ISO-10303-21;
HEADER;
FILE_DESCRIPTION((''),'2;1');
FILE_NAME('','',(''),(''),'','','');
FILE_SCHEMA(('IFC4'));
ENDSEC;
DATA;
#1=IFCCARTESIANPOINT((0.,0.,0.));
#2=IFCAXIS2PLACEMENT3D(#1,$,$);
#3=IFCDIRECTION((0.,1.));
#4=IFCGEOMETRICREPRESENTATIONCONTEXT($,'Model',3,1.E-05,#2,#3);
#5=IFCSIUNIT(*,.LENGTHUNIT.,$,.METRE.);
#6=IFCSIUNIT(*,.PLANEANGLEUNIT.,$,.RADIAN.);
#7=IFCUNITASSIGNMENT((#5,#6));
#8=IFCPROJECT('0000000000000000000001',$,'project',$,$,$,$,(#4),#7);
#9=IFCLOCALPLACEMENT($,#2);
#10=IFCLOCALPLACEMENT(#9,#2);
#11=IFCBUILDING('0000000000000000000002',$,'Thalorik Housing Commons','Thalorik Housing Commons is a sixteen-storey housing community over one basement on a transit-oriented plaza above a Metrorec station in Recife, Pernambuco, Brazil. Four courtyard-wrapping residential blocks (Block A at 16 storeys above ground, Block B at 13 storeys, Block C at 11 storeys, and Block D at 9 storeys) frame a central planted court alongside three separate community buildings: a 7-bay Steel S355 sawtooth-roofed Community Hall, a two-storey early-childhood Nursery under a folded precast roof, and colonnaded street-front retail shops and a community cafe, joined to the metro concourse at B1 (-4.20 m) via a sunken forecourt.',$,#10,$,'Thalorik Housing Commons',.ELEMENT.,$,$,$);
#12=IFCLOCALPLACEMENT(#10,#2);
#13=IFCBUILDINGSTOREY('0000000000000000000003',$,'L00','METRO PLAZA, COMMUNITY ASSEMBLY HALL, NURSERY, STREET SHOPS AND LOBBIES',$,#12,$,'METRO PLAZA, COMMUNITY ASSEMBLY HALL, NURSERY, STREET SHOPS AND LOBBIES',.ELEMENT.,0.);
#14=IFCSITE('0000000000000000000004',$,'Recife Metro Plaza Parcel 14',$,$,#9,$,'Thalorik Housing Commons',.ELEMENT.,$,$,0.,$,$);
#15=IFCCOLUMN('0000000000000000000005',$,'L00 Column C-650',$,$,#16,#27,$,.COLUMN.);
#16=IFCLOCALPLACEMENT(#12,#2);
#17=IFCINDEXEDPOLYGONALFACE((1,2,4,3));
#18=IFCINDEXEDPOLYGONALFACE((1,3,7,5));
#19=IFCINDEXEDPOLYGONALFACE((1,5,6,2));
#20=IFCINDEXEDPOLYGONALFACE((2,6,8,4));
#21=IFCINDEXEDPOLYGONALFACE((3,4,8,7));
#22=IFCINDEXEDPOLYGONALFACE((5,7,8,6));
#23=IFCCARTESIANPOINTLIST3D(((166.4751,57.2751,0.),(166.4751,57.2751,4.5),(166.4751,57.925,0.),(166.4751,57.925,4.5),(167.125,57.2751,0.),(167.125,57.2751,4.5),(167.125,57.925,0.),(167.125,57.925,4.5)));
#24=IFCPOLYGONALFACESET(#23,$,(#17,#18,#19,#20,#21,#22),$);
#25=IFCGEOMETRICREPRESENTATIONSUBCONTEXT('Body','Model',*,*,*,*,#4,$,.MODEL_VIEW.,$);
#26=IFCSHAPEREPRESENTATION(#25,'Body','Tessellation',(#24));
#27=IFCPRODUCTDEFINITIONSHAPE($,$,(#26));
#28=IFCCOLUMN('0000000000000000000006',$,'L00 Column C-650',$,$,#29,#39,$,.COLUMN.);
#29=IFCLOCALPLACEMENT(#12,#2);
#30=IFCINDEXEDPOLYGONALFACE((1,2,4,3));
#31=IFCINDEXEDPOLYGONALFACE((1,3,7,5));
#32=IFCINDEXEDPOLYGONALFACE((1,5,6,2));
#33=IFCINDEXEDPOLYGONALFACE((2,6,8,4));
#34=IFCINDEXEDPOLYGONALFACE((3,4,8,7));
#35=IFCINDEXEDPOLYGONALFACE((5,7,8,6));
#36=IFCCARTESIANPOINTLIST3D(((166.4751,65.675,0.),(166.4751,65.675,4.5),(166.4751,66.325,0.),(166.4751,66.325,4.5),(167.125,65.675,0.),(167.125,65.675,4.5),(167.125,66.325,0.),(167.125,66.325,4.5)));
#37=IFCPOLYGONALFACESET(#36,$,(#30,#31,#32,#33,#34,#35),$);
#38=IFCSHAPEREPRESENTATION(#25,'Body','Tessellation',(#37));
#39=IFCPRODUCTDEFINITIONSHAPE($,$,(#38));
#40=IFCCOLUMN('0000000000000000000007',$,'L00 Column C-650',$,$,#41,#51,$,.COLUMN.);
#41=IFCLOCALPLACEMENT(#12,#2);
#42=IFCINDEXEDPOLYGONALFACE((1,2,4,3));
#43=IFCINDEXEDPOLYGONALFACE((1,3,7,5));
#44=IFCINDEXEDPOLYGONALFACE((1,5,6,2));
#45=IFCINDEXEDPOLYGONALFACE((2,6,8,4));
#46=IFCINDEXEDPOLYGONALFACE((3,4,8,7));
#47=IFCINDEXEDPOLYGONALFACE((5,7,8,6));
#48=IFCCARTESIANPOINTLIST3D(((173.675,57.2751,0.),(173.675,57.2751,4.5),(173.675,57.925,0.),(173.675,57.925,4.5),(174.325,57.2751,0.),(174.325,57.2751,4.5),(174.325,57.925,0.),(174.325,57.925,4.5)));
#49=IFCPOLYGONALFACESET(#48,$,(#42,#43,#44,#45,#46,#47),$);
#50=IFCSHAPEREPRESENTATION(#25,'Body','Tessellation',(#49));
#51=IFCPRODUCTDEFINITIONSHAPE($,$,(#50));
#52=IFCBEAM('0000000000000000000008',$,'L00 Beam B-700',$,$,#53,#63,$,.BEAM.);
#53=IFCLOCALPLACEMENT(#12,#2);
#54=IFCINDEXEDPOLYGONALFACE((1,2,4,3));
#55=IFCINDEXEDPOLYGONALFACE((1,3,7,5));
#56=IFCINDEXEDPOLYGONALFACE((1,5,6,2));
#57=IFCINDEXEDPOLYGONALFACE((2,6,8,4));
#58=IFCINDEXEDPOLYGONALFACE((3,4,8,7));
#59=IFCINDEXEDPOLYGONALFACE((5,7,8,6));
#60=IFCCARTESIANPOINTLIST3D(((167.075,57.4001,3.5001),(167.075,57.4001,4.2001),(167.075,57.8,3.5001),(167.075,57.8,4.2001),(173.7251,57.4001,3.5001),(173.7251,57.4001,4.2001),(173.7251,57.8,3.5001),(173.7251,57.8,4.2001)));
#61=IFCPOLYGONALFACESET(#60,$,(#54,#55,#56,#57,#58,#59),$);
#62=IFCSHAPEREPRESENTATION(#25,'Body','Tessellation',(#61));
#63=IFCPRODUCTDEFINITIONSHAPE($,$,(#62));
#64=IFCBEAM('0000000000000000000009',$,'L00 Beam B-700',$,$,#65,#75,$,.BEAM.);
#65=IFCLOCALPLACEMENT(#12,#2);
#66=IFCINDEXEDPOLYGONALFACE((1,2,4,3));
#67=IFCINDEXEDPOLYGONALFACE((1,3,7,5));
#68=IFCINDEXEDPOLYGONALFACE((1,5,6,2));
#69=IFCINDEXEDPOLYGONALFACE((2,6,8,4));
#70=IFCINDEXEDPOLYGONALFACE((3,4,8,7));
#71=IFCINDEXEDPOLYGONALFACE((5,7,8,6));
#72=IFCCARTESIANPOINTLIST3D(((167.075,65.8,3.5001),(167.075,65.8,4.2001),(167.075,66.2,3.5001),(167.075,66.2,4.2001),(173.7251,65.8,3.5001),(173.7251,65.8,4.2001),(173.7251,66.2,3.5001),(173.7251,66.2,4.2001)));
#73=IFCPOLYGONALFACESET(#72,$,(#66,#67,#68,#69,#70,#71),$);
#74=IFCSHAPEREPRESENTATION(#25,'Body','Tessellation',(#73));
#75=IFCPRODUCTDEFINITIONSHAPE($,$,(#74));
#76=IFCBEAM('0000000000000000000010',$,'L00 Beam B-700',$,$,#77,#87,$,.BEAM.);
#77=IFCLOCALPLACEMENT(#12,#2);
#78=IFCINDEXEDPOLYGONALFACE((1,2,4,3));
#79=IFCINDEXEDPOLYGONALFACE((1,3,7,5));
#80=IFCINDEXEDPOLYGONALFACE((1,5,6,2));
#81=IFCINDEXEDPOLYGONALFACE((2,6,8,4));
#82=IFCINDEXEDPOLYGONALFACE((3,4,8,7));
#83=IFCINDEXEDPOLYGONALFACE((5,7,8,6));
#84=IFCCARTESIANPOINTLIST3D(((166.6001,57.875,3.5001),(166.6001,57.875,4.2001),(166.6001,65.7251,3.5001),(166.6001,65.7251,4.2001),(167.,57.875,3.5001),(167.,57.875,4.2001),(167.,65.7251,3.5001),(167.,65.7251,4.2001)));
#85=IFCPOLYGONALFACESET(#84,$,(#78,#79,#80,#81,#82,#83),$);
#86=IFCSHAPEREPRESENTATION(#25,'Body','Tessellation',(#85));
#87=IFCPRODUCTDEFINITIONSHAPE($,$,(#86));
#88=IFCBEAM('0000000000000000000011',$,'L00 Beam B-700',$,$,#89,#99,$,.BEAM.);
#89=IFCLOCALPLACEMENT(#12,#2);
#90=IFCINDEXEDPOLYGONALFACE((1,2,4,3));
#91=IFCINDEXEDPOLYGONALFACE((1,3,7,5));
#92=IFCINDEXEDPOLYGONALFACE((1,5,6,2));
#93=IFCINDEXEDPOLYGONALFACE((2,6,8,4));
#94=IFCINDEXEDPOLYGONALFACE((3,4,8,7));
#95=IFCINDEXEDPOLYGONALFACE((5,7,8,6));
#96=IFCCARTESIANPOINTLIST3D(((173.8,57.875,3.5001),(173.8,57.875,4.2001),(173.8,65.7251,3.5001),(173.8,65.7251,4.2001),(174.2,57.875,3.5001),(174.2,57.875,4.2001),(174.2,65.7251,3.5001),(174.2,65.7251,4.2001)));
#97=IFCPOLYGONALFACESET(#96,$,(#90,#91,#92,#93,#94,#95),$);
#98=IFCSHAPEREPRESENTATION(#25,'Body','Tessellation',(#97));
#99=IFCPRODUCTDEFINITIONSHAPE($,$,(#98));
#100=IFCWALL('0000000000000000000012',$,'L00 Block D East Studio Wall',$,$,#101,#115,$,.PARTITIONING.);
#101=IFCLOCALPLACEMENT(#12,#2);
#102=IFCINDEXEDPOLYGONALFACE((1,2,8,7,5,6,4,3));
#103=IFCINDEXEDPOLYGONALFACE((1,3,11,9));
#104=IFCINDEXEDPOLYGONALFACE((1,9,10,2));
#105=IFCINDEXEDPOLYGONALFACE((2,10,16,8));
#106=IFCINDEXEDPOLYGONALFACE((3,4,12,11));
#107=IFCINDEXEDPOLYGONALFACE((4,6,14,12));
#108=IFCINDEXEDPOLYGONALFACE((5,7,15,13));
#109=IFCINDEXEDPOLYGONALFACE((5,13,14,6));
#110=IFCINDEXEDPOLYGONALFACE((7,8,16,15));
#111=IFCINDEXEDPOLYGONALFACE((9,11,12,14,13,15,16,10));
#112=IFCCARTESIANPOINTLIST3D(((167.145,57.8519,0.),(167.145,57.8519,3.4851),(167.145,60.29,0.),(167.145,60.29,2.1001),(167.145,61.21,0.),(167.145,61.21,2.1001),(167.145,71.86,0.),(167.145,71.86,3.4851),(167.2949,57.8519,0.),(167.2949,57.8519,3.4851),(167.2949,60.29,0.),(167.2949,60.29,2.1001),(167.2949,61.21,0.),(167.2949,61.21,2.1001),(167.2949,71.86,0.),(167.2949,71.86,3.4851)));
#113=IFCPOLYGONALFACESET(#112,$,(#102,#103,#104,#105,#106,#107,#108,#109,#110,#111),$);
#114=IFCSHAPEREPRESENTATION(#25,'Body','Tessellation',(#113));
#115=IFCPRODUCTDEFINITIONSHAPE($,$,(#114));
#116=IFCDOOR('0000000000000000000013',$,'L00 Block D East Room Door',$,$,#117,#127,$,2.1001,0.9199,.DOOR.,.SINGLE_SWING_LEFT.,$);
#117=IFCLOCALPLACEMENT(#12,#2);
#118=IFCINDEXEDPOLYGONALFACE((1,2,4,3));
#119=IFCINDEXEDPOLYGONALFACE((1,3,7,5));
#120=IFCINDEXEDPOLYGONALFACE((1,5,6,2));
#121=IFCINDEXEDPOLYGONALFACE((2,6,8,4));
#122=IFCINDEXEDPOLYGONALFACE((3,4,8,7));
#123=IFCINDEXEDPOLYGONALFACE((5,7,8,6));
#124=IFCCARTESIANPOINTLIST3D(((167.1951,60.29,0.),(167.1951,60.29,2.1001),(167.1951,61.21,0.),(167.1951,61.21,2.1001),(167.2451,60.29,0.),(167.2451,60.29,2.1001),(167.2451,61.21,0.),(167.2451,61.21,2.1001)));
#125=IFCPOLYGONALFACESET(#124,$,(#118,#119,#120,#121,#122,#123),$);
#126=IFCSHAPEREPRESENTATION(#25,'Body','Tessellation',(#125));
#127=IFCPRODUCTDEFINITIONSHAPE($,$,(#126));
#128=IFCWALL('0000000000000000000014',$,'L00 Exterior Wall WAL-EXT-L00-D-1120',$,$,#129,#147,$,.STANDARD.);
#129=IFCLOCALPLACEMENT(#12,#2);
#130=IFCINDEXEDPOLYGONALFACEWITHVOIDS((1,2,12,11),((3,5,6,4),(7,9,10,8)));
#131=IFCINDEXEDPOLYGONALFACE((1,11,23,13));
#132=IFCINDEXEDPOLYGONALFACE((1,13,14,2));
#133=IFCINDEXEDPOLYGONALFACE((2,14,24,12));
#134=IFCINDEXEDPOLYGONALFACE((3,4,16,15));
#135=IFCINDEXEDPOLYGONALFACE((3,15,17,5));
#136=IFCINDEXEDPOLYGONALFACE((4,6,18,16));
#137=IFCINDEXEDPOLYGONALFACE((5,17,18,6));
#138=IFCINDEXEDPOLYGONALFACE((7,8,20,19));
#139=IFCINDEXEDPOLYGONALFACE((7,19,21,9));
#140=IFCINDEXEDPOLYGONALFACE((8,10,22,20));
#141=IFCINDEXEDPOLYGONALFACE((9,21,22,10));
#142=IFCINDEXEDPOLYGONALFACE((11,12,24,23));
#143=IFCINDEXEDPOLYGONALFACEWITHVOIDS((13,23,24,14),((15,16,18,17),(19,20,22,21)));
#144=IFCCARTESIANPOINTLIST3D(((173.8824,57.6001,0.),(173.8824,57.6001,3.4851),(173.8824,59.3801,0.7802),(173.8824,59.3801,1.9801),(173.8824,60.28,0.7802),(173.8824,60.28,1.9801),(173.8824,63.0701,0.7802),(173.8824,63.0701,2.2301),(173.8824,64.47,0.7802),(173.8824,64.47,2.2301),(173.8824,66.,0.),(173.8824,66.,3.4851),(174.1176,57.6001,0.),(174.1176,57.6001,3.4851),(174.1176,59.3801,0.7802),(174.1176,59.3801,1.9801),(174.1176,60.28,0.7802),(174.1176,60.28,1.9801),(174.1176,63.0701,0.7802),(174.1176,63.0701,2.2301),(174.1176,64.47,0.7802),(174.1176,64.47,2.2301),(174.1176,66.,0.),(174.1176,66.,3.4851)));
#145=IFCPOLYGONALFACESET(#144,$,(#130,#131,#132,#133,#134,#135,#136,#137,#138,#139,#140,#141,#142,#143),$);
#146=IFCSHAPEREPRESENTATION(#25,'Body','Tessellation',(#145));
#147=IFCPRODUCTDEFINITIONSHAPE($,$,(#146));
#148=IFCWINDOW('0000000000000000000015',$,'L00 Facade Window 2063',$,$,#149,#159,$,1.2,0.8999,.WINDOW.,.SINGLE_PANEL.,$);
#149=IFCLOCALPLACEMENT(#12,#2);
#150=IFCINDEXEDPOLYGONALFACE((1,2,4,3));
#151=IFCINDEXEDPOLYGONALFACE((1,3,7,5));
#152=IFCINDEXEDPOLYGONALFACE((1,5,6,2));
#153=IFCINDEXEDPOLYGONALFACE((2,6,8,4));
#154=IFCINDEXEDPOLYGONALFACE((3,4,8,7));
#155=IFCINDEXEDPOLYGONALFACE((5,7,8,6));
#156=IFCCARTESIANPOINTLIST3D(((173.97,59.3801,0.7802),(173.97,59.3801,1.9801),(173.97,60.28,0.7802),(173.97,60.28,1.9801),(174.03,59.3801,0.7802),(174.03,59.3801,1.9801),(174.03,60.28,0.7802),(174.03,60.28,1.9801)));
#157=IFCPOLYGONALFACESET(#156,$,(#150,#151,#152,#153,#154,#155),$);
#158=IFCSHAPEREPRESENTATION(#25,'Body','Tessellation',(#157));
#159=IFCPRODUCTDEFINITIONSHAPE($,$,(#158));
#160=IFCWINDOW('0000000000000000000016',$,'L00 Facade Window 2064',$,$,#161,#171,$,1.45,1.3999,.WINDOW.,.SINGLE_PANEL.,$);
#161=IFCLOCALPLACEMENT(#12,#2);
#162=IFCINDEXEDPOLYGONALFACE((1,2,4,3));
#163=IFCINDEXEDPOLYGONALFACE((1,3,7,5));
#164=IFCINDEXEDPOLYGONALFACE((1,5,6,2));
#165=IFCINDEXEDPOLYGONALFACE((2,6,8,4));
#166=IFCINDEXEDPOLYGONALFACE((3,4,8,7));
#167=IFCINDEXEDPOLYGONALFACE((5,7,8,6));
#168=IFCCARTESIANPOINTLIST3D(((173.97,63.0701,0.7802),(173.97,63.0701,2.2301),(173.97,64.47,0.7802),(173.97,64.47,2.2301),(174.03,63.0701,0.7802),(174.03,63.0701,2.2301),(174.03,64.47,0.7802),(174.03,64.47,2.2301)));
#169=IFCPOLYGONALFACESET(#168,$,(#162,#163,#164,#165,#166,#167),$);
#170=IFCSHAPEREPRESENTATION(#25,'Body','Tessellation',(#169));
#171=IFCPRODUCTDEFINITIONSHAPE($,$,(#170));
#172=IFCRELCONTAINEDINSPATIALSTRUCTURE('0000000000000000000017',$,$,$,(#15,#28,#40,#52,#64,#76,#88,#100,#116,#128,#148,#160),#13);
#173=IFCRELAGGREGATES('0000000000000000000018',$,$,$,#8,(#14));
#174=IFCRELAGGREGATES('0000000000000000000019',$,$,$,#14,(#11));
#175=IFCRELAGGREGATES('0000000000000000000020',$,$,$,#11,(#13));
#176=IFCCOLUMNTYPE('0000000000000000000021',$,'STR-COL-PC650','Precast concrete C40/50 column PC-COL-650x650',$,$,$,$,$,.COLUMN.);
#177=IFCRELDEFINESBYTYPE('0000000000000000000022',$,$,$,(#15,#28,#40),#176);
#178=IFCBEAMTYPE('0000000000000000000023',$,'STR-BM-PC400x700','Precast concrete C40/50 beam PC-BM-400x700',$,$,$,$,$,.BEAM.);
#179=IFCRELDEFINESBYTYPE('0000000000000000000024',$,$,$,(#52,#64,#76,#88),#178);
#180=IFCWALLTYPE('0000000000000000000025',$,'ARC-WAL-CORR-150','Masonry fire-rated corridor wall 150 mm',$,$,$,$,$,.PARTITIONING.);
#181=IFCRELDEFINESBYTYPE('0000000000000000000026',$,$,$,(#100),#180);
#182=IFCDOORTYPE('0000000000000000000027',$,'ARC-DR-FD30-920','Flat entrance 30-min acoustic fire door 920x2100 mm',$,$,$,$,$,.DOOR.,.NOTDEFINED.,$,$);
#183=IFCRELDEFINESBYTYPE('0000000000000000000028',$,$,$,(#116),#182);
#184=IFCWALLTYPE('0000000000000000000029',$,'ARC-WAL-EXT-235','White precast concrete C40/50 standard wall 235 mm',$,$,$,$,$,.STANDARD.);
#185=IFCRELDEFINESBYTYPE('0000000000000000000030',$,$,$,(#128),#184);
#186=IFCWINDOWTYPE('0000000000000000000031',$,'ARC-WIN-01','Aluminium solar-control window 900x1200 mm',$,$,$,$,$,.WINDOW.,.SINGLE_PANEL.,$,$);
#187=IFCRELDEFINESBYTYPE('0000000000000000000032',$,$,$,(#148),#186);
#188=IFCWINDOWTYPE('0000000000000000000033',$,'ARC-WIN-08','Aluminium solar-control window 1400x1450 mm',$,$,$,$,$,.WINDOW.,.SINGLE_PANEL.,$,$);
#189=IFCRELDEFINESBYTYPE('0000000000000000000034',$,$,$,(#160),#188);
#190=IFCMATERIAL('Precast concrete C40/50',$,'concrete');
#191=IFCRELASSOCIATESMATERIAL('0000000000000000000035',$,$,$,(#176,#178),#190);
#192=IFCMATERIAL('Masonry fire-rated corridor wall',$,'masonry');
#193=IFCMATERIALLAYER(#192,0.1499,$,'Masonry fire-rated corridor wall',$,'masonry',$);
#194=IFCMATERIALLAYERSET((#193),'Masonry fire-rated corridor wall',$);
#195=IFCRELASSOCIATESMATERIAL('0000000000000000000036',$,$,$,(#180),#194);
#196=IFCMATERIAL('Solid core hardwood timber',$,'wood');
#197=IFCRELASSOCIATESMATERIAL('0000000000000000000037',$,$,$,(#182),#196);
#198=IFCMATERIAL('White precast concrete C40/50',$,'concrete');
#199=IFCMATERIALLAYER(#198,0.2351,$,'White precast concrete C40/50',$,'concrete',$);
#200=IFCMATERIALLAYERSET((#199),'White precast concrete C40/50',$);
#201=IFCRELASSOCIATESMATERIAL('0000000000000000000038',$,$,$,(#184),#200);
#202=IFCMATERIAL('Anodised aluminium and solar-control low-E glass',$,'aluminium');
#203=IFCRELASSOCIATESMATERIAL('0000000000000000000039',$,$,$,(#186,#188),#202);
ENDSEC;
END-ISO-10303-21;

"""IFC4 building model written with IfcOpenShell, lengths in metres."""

from ifc_helpers import new_model, si_unit, direction, frame, frame_2d, origin, origin_2d, place, context, subcontext, project, spatial, rectangle, extrude, material, layer, layer_set, material_profile, profile_set, type_object, element, fill, save


model = new_model("IFC4")

# Units and contexts
model_context = context("Model", 3, precision=1e-05, world=origin(), true_north=direction((0.0, 1.0)))
body_context = subcontext(model_context, "Body", "Model", "MODEL_VIEW")
ifc_project = project(units=[si_unit("LENGTHUNIT", "METRE"), si_unit("PLANEANGLEUNIT", "RADIAN")], contexts=[model_context])

# Site, building, storey
site_placement = place(None, origin())
site = spatial("IfcSite", under=ifc_project, at=site_placement, Name="Recife Metro Plaza Parcel 14", LongName="Thalorik Housing Commons", CompositionType="ELEMENT", RefElevation=0.0)
building_placement = place(site_placement, origin())
building = spatial("IfcBuilding", under=site, at=building_placement, Name="Thalorik Housing Commons", Description="Thalorik Housing Commons is a sixteen-storey housing community over one basement on a transit-oriented plaza above a Metrorec station in Recife, Pernambuco, Brazil. Four courtyard-wrapping residential blocks (Block A at 16 storeys above ground, Block B at 13 storeys, Block C at 11 storeys, and Block D at 9 storeys) frame a central planted court alongside three separate community buildings: a 7-bay Steel S355 sawtooth-roofed Community Hall, a two-storey early-childhood Nursery under a folded precast roof, and colonnaded street-front retail shops and a community cafe, joined to the metro concourse at B1 (-4.20 m) via a sunken forecourt.", LongName="Thalorik Housing Commons", CompositionType="ELEMENT")
storey_placement = place(building_placement, origin())
storey = spatial("IfcBuildingStorey", under=building, at=storey_placement, Name="L00", Description="METRO PLAZA, COMMUNITY ASSEMBLY HALL, NURSERY, STREET SHOPS AND LOBBIES", LongName="METRO PLAZA, COMMUNITY ASSEMBLY HALL, NURSERY, STREET SHOPS AND LOBBIES", CompositionType="ELEMENT", Elevation=0.0)

# Columns
ifc_material_1 = material(Name="Precast concrete C40/50", Category="concrete")
ifc_material_profile_1 = material_profile(ifc_material_1, rectangle(XDim=0.6499, YDim=0.6499, at=origin_2d()), Name="PC 650x650", Category="concrete")
ifc_profile_set_1 = profile_set([ifc_material_profile_1], Name="Precast concrete C40/50")
column_type = type_object("IfcColumnType", Name="STR-COL-PC650", Description="Precast concrete C40/50 column PC-COL-650x650", PredefinedType="COLUMN", material=ifc_profile_set_1)
for number, where, z_axis, x_axis, name in (
    (1, (166.8, 57.6001, 0.0), (0.0, 0.0, 1.0), (1.0, 0.0, 0.0), "L00 Column C-650"),
    (2, (166.8, 66.0, 0.0), (0.0, 0.0, 1.0), (1.0, 0.0, 0.0), "L00 Column C-650"),
    (3, (174.0, 57.6001, 0.0), (0.0, 0.0, 1.0), (1.0, 0.0, 0.0), "L00 Column C-650"),
):
    element("IfcColumn", number, at=place(storey_placement, frame(where, z_axis=z_axis, x_axis=x_axis)), inside=storey, type_object=column_type, Name=name, PredefinedType="COLUMN", context=body_context, shape_type="SweptSolid", body=[
        extrude(rectangle(XDim=0.6499, YDim=0.6499, at=origin_2d()), origin(), (0.0, 0.0, 1.0), 4.5),
    ])

# Beams
ifc_material_profile_2 = material_profile(ifc_material_1, rectangle(XDim=0.3999, YDim=0.7, at=origin_2d()), Name="PC 400x700", Category="concrete")
ifc_profile_set_2 = profile_set([ifc_material_profile_2], Name="Precast concrete C40/50")
beam_type = type_object("IfcBeamType", Name="STR-BM-PC400x700", Description="Precast concrete C40/50 beam PC-BM-400x700", PredefinedType="BEAM", material=ifc_profile_set_2)
for number, where, z_axis, x_axis, name in (
    (4, (167.075, 57.6001, 3.8501), (1.0, 0.0, 0.0), (0.0, 1.0, 0.0), "L00 Beam B-700"),
    (5, (167.075, 66.0, 3.8501), (1.0, 0.0, 0.0), (0.0, 1.0, 0.0), "L00 Beam B-700"),
):
    element("IfcBeam", number, at=place(storey_placement, frame(where, z_axis=z_axis, x_axis=x_axis)), inside=storey, type_object=beam_type, Name=name, PredefinedType="BEAM", context=body_context, shape_type="SweptSolid", body=[
        extrude(rectangle(XDim=0.3999, YDim=0.7, at=origin_2d()), origin(), (0.0, 0.0, 1.0), 6.6501),
    ])
for number, where, z_axis, x_axis, name in (
    (6, (166.8, 57.875, 3.8501), (0.0, 1.0, 0.0), (-1.0, 0.0, 0.0), "L00 Beam B-700"),
    (7, (174.0, 57.875, 3.8501), (0.0, 1.0, 0.0), (-1.0, 0.0, 0.0), "L00 Beam B-700"),
):
    element("IfcBeam", number, at=place(storey_placement, frame(where, z_axis=z_axis, x_axis=x_axis)), inside=storey, type_object=beam_type, Name=name, PredefinedType="BEAM", context=body_context, shape_type="SweptSolid", body=[
        extrude(rectangle(XDim=0.3999, YDim=0.7, at=origin_2d()), origin(), (0.0, 0.0, 1.0), 7.8501),
    ])

# Wall, opening, door
ifc_material_2 = material(Name="Masonry fire-rated corridor wall", Category="masonry")
ifc_layer_1 = layer(ifc_material_2, 0.1499, Name="Masonry fire-rated corridor wall", Category="masonry")
ifc_layer_set_1 = layer_set([ifc_layer_1], Name="Masonry fire-rated corridor wall")
wall_type_1 = type_object("IfcWallType", Name="ARC-WAL-CORR-150", Description="Masonry fire-rated corridor wall 150 mm", PredefinedType="PARTITIONING", material=ifc_layer_set_1)
wall_1_placement = place(storey_placement, frame((167.22, 57.8521, 0.0), z_axis=(0.0, 0.0, 1.0), x_axis=(0.0, 1.0, 0.0)))
wall_1 = element("IfcWall", 8, at=wall_1_placement, inside=storey, type_object=wall_type_1, Name="L00 Block D East Studio Wall", PredefinedType="PARTITIONING", context=body_context, shape_type="SweptSolid", body=[
    extrude(rectangle(XDim=14.0081, YDim=0.1499, at=frame_2d((7.0039, 0.0))), origin(), (0.0, 0.0, 1.0), 3.4851),
])
opening_1_placement = place(wall_1_placement, frame((2.438, 0.0, 0.0)))
opening_1 = element("IfcOpeningElement", 9, at=opening_1_placement, cuts=wall_1, PredefinedType="OPENING", context=body_context, shape_type="SweptSolid", body=[
    extrude(rectangle(XDim=0.9199, YDim=2.1001, at=frame_2d((0.46, 1.05))), frame((0.0, 0.085, 0.0), z_axis=(0.0, -1.0, 0.0), x_axis=(1.0, 0.0, 0.0)), (0.0, 0.0, 1.0), 0.1699),
])
ifc_material_3 = material(Name="Solid core hardwood timber", Category="wood")
door_type_1 = type_object("IfcDoorType", Name="ARC-DR-FD30-920", Description="Flat entrance 30-min acoustic fire door 920x2100 mm", OperationType="NOTDEFINED", PredefinedType="DOOR", material=ifc_material_3)
door_1_placement = place(opening_1_placement, origin())
door_1 = element("IfcDoor", 10, at=door_1_placement, inside=storey, type_object=door_type_1, Name="L00 Block D East Room Door", OperationType="SINGLE_SWING_LEFT", OverallHeight=2.1001, OverallWidth=0.9199, PredefinedType="DOOR", context=body_context, shape_type="SweptSolid", body=[
    extrude(rectangle(XDim=0.9199, YDim=2.1001, at=frame_2d((0.46, 1.05))), frame((0.0, 0.0249, 0.0), z_axis=(0.0, -1.0, 0.0), x_axis=(1.0, 0.0, 0.0)), (0.0, 0.0, 1.0), 0.05),
])
fill(opening_1, door_1)

# Wall, openings, windows
ifc_material_4 = material(Name="White precast concrete C40/50", Category="concrete")
ifc_layer_2 = layer(ifc_material_4, 0.2351, Name="White precast concrete C40/50", Category="concrete")
ifc_layer_set_2 = layer_set([ifc_layer_2], Name="White precast concrete C40/50")
wall_type_2 = type_object("IfcWallType", Name="ARC-WAL-EXT-235", Description="White precast concrete C40/50 standard wall 235 mm", PredefinedType="STANDARD", material=ifc_layer_set_2)
wall_2_placement = place(storey_placement, frame((174.0, 57.6001, 0.0), z_axis=(0.0, 0.0, 1.0), x_axis=(0.0, 1.0, 0.0)))
wall_2 = element("IfcWall", 11, at=wall_2_placement, inside=storey, type_object=wall_type_2, Name="L00 Exterior Wall WAL-EXT-L00-D-1120", PredefinedType="STANDARD", context=body_context, shape_type="SweptSolid", body=[
    extrude(rectangle(XDim=8.3999, YDim=0.2351, at=frame_2d((4.2, 0.0))), origin(), (0.0, 0.0, 1.0), 3.4851),
])
opening_2_placement = place(wall_2_placement, frame((1.78, 0.0, 0.78)))
opening_2 = element("IfcOpeningElement", 12, at=opening_2_placement, cuts=wall_2, PredefinedType="OPENING", context=body_context, shape_type="SweptSolid", body=[
    extrude(rectangle(XDim=0.8999, YDim=1.2, at=frame_2d((0.45, 0.6001))), frame((0.0, 0.1274, 0.0), z_axis=(0.0, -1.0, 0.0), x_axis=(1.0, 0.0, 0.0)), (0.0, 0.0, 1.0), 0.2551),
])
opening_3_placement = place(wall_2_placement, frame((5.47, 0.0, 0.78)))
opening_3 = element("IfcOpeningElement", 13, at=opening_3_placement, cuts=wall_2, PredefinedType="OPENING", context=body_context, shape_type="SweptSolid", body=[
    extrude(rectangle(XDim=1.3999, YDim=1.45, at=frame_2d((0.7, 0.7251))), frame((0.0, 0.1274, 0.0), z_axis=(0.0, -1.0, 0.0), x_axis=(1.0, 0.0, 0.0)), (0.0, 0.0, 1.0), 0.2551),
])
ifc_material_5 = material(Name="Anodised aluminium and solar-control low-E glass", Category="aluminium")
window_type_1 = type_object("IfcWindowType", Name="ARC-WIN-01", Description="Aluminium solar-control window 900x1200 mm", PartitioningType="SINGLE_PANEL", PredefinedType="WINDOW", material=ifc_material_5)
window_1_placement = place(opening_2_placement, origin())
window_1 = element("IfcWindow", 14, at=window_1_placement, inside=storey, type_object=window_type_1, Name="L00 Facade Window 2063", OverallHeight=1.2, OverallWidth=0.8999, PartitioningType="SINGLE_PANEL", PredefinedType="WINDOW", context=body_context, shape_type="SweptSolid", body=[
    extrude(rectangle(XDim=0.8999, YDim=1.2, at=frame_2d((0.45, 0.6001))), frame((0.0, 0.03, 0.0), z_axis=(0.0, -1.0, 0.0), x_axis=(1.0, 0.0, 0.0)), (0.0, 0.0, 1.0), 0.0601),
])
fill(opening_2, window_1)
window_type_2 = type_object("IfcWindowType", Name="ARC-WIN-08", Description="Aluminium solar-control window 1400x1450 mm", PartitioningType="SINGLE_PANEL", PredefinedType="WINDOW", material=ifc_material_5)
window_2_placement = place(opening_3_placement, origin())
window_2 = element("IfcWindow", 15, at=window_2_placement, inside=storey, type_object=window_type_2, Name="L00 Facade Window 2064", OverallHeight=1.45, OverallWidth=1.3999, PartitioningType="SINGLE_PANEL", PredefinedType="WINDOW", context=body_context, shape_type="SweptSolid", body=[
    extrude(rectangle(XDim=1.3999, YDim=1.45, at=frame_2d((0.7, 0.7251))), frame((0.0, 0.03, 0.0), z_axis=(0.0, -1.0, 0.0), x_axis=(1.0, 0.0, 0.0)), (0.0, 0.0, 1.0), 0.0601),
])
fill(opening_3, window_2)

save(model, "model.ifc")
